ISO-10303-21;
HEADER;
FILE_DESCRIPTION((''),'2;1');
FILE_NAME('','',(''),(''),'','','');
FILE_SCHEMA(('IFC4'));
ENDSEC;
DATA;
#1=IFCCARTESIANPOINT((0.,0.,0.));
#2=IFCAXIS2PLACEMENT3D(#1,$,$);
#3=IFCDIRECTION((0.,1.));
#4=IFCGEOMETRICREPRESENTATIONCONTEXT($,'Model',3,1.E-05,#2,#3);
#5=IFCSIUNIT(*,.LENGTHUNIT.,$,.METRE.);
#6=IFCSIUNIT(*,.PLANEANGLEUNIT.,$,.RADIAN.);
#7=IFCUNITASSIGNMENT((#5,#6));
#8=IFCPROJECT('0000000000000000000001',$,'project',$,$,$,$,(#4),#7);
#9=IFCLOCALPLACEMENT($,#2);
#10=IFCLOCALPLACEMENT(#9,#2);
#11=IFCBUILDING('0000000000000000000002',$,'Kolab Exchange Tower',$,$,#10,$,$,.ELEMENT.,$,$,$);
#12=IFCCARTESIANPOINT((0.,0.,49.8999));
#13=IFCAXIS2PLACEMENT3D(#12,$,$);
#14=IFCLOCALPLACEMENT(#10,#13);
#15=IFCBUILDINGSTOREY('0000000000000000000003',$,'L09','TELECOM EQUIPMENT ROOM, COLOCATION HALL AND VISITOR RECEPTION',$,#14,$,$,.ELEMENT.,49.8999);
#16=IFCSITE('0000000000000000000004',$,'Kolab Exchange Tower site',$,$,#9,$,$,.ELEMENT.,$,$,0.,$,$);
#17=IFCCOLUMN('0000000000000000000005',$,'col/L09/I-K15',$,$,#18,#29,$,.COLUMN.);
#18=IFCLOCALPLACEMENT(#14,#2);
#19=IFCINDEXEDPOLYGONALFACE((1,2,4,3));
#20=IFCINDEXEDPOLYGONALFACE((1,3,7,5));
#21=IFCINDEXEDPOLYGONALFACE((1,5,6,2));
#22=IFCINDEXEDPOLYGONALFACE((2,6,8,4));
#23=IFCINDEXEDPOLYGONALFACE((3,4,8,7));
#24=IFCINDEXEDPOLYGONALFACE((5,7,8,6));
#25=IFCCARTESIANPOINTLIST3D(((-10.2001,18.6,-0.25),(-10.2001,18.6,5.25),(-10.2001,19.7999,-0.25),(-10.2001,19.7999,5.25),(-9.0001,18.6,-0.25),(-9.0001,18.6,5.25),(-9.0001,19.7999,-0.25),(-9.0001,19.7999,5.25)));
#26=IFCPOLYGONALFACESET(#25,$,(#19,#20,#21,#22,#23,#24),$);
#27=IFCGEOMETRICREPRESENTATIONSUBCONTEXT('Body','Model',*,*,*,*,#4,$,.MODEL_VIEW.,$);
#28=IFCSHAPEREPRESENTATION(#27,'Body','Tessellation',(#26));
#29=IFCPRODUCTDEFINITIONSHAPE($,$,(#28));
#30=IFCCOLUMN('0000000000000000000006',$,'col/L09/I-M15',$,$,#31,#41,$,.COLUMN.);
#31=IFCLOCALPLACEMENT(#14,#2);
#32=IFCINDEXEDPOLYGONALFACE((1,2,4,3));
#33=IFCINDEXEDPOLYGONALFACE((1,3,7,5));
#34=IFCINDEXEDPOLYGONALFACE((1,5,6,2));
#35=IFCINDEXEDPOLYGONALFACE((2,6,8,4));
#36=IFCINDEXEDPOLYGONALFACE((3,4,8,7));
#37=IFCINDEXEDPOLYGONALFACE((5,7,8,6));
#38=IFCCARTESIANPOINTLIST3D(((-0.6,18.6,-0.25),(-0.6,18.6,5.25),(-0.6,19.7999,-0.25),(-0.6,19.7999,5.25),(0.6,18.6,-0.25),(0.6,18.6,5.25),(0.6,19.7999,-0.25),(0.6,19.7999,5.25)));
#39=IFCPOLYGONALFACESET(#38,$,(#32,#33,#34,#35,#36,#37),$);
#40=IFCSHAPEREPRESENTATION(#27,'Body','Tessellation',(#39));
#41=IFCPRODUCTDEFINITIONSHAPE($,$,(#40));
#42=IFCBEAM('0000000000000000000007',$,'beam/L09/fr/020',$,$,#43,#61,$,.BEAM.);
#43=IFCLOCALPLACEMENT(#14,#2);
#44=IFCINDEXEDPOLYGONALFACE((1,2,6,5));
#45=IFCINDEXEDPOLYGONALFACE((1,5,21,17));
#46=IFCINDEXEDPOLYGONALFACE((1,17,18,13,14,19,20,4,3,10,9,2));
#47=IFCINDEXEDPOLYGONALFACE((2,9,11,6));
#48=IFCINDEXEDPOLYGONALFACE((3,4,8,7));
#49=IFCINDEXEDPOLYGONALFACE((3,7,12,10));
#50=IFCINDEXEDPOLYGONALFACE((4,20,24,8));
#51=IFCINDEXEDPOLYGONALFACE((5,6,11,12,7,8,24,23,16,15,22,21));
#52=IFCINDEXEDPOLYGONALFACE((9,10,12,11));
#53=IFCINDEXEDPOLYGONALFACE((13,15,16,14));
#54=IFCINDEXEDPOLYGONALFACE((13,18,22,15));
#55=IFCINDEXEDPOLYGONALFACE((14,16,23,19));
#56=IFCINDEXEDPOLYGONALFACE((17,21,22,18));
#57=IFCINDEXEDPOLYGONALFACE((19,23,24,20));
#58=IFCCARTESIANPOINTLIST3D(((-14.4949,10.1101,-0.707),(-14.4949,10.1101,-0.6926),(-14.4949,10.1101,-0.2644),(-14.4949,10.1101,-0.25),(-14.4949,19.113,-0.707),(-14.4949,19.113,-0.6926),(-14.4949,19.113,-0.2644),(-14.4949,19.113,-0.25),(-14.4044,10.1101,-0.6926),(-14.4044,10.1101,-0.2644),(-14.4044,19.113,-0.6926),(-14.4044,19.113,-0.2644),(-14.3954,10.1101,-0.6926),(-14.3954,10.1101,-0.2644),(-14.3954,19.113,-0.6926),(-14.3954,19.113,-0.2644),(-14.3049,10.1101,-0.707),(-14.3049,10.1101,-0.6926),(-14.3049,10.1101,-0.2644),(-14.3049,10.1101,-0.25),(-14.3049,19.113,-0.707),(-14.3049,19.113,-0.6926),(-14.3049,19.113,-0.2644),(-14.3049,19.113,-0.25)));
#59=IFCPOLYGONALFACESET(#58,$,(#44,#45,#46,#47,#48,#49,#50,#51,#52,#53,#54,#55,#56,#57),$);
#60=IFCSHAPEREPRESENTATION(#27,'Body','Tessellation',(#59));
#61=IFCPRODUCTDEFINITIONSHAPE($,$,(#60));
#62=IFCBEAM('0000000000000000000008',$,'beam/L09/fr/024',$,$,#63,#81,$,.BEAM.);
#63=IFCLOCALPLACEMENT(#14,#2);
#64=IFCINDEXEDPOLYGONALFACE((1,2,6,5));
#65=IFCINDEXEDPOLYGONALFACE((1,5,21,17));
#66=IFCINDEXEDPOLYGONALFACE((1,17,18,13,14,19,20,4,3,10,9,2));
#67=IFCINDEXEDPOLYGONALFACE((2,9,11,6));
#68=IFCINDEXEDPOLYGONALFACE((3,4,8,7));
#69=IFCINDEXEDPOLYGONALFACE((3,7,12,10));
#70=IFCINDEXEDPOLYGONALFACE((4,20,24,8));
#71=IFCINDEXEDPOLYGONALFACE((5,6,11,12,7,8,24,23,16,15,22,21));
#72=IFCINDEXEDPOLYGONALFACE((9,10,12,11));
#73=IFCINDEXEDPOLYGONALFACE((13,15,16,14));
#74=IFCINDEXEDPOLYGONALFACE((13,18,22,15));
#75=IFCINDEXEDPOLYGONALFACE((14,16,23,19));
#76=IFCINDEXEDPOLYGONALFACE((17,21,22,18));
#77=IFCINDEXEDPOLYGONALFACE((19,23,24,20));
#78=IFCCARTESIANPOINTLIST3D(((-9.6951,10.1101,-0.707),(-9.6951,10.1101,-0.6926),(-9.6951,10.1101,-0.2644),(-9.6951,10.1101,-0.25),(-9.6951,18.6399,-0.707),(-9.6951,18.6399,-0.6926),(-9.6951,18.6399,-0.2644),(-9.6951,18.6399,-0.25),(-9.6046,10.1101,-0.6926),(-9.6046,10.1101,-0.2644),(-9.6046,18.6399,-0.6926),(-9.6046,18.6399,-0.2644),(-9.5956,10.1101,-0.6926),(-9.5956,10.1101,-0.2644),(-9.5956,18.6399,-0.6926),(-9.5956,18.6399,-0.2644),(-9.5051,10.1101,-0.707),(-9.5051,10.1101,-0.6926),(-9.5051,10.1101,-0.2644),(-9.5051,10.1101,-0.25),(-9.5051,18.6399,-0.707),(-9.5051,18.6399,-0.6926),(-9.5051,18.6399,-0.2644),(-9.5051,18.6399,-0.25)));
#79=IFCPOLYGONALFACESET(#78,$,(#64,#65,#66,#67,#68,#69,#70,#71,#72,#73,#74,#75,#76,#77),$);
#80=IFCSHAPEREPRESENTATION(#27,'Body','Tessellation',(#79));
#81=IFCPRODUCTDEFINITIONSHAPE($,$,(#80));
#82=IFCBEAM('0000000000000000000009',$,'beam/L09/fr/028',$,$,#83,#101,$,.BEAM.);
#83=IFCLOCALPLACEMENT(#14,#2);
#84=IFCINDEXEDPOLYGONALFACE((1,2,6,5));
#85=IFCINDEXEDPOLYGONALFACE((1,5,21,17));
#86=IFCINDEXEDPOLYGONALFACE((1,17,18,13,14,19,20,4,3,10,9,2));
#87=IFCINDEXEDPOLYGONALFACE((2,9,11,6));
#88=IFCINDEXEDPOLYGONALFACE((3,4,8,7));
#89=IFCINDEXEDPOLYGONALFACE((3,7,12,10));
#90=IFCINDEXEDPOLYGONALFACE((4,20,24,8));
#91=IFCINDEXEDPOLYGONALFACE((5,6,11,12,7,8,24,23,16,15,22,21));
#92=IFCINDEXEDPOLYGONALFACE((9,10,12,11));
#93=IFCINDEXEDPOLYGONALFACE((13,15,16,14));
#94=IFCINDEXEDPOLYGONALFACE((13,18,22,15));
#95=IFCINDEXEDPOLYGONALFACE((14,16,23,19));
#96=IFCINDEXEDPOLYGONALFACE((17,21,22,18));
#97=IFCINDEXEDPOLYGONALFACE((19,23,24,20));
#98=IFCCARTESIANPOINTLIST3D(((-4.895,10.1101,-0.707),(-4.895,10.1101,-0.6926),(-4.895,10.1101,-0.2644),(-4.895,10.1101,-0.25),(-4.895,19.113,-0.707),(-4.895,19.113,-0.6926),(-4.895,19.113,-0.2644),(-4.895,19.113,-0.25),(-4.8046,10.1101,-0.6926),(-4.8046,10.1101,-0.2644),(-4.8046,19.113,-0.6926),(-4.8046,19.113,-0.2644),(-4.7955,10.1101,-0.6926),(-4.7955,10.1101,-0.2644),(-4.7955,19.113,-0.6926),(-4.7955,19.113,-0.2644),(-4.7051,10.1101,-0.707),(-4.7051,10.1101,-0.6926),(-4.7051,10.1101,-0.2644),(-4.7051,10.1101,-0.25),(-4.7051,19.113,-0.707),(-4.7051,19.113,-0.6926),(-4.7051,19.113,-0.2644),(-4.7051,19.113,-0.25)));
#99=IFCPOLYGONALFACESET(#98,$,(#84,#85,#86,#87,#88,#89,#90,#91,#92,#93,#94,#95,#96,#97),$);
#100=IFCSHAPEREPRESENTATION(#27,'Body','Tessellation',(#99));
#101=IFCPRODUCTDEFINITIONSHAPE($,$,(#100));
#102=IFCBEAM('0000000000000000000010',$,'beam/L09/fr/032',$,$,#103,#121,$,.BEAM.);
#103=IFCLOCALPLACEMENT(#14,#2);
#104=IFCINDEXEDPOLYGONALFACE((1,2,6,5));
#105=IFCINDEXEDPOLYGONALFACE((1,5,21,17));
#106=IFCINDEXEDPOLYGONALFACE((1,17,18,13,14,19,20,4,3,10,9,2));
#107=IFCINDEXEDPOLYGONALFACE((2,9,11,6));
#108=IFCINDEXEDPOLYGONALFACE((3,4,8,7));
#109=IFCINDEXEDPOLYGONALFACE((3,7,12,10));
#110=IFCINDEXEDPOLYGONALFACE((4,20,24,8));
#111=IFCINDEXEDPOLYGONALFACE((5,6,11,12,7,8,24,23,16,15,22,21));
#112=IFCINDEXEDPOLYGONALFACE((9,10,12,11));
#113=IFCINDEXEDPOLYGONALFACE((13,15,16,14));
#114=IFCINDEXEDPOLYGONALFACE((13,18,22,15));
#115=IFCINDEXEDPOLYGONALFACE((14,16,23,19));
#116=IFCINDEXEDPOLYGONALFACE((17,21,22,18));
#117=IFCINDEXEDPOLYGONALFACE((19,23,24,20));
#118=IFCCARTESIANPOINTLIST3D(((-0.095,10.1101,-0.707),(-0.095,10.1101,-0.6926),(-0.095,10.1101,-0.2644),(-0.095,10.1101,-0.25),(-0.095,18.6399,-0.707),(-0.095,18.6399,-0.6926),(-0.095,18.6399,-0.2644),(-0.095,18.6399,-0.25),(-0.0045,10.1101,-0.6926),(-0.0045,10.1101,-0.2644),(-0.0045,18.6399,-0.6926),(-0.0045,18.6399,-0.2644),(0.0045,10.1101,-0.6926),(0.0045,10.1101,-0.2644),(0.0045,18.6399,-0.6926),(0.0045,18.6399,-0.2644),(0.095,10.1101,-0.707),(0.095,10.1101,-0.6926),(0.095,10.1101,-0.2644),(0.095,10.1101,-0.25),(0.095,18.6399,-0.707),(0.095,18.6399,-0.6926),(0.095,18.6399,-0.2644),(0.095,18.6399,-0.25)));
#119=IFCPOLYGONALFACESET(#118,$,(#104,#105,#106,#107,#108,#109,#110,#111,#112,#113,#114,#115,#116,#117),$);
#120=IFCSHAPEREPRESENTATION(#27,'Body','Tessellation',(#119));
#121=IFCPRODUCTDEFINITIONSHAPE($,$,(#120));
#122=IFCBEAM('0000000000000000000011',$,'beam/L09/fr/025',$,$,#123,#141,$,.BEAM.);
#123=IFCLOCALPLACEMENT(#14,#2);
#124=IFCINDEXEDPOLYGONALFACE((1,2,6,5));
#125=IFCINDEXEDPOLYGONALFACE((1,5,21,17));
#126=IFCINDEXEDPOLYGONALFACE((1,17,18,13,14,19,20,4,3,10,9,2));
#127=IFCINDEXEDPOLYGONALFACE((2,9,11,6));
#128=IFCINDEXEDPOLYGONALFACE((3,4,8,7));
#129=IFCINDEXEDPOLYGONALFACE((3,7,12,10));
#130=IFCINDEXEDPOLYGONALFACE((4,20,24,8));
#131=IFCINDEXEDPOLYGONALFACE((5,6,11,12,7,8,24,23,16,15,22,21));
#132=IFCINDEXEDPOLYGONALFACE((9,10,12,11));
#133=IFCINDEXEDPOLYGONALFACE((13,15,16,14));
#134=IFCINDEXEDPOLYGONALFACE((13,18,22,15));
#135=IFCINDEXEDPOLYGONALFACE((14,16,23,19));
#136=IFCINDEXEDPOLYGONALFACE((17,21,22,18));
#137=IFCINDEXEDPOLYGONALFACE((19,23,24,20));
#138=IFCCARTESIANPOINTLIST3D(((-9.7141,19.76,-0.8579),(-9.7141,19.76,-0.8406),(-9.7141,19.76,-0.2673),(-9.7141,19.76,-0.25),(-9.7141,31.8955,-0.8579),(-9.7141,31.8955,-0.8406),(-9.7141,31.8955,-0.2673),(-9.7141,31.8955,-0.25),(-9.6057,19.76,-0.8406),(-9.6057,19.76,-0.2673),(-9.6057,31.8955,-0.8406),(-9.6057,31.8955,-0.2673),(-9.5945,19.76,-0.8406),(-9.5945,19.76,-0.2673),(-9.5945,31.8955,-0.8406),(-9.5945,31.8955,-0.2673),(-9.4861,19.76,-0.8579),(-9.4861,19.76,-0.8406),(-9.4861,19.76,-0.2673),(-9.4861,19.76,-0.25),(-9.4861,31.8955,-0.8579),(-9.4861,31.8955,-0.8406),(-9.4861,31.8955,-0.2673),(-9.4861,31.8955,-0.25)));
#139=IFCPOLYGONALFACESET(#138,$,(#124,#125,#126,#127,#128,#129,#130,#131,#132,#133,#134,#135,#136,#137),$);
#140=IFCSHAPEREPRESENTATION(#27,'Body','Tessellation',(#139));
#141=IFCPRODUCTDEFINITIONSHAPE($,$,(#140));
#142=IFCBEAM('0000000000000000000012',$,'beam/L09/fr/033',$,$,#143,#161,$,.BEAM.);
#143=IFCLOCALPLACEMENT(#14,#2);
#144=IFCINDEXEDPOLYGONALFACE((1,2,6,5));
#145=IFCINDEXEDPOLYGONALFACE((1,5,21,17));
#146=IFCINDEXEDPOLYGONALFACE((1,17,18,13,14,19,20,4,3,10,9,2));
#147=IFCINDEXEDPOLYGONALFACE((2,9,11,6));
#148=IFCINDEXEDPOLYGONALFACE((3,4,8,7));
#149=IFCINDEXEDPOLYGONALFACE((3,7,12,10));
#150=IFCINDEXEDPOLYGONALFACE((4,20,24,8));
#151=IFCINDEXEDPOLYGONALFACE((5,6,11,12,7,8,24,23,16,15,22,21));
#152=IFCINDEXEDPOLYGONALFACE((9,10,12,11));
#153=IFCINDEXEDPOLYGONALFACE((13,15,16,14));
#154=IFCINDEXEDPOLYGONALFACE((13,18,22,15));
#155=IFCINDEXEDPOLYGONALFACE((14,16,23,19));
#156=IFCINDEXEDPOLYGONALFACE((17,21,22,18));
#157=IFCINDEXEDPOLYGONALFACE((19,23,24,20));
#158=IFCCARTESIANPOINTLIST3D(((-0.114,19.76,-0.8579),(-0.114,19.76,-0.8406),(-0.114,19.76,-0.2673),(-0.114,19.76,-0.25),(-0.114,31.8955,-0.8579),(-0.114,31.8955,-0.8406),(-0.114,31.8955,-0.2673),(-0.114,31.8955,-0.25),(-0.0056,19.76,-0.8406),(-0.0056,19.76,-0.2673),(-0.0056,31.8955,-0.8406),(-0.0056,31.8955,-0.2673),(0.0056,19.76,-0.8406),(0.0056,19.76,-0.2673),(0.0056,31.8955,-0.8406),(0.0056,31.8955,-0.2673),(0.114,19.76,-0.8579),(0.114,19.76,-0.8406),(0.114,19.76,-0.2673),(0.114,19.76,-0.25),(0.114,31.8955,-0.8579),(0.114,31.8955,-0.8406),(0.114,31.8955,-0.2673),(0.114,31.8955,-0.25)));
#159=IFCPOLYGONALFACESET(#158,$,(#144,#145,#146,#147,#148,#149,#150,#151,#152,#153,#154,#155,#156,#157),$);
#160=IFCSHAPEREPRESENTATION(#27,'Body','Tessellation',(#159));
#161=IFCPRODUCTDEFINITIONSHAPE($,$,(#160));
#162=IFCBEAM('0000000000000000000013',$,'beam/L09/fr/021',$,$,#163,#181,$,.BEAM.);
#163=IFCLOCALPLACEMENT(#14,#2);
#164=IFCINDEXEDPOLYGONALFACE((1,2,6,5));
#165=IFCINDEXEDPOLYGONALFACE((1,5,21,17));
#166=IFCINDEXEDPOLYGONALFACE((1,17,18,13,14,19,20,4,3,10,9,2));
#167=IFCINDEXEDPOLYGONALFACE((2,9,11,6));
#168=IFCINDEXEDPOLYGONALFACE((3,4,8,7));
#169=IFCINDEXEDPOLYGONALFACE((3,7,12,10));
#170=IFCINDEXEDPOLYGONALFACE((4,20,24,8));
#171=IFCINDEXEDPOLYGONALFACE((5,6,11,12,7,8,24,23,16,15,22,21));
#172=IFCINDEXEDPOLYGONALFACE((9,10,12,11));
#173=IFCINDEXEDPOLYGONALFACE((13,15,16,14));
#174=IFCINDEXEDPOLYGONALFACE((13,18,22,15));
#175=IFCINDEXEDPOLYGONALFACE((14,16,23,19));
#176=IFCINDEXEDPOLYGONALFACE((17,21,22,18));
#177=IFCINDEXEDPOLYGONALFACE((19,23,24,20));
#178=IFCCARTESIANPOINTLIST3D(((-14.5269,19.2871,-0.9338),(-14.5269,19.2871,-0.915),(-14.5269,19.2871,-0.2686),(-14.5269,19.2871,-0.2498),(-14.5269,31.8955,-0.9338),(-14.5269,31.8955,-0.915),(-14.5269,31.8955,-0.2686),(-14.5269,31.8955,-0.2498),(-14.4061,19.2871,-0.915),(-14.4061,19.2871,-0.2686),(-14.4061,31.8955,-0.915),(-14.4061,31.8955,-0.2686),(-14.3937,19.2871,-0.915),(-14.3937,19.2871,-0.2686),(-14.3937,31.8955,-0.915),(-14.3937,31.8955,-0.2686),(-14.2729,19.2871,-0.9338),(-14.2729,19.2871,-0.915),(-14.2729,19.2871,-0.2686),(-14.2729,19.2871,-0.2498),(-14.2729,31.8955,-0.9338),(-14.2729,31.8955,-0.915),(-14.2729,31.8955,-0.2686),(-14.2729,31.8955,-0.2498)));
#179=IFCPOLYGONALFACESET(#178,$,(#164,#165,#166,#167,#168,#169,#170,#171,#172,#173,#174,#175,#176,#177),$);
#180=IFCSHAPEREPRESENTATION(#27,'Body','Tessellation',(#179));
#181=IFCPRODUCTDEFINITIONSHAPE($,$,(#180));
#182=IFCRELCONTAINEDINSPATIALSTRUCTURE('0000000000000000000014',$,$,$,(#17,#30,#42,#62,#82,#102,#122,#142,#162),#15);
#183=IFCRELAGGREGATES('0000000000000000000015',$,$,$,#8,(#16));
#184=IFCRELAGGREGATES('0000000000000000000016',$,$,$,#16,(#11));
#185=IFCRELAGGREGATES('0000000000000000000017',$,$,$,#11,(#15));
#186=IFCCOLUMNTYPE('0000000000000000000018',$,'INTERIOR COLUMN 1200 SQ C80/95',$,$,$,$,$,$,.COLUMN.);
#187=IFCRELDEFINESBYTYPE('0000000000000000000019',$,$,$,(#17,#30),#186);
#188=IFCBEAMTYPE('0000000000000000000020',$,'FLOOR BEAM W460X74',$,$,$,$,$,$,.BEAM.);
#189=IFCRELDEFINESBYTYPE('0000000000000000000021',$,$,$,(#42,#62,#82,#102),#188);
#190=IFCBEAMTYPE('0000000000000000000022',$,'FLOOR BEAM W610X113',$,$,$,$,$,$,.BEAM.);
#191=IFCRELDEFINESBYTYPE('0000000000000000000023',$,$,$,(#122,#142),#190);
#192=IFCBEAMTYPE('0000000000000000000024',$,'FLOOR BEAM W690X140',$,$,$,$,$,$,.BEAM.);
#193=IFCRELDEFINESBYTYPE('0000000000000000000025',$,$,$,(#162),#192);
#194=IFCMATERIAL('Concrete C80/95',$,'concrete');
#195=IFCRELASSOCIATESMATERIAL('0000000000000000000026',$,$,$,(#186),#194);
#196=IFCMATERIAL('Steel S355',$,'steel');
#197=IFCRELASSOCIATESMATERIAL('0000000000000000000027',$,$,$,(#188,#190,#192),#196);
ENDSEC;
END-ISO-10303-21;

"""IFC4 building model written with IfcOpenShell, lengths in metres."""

from ifc_helpers import new_model, si_unit, direction, frame, origin, origin_2d, place, context, subcontext, project, spatial, rectangle, i_section, extrude, material, material_profile, profile_set, type_object, element, save


model = new_model("IFC4")

# Units and contexts
model_context = context("Model", 3, precision=1e-05, world=origin(), true_north=direction((0.0, 1.0)))
body_context = subcontext(model_context, "Body", "Model", "MODEL_VIEW")
ifc_project = project(units=[si_unit("LENGTHUNIT", "METRE"), si_unit("PLANEANGLEUNIT", "RADIAN")], contexts=[model_context])

# Site, building, storey
site_placement = place(None, origin())
site = spatial("IfcSite", under=ifc_project, at=site_placement, Name="Kolab Exchange Tower site", CompositionType="ELEMENT", RefElevation=0.0)
building_placement = place(site_placement, origin())
building = spatial("IfcBuilding", under=site, at=building_placement, Name="Kolab Exchange Tower", CompositionType="ELEMENT")
storey_placement = place(building_placement, frame((0.0, 0.0, 49.8999)))
storey = spatial("IfcBuildingStorey", under=building, at=storey_placement, Name="L09", Description="TELECOM EQUIPMENT ROOM, COLOCATION HALL AND VISITOR RECEPTION", CompositionType="ELEMENT", Elevation=49.8999)

# Columns
ifc_material_1 = material(Name="Concrete C80/95", Category="concrete")
ifc_material_profile_1 = material_profile(ifc_material_1, rectangle(XDim=1.2, YDim=1.2, at=origin_2d()), Name="RC1200")
ifc_profile_set_1 = profile_set([ifc_material_profile_1], Name="Concrete C80/95")
column_type = type_object("IfcColumnType", Name="INTERIOR COLUMN 1200 SQ C80/95", PredefinedType="COLUMN", material=ifc_profile_set_1)
for number, where, z_axis, x_axis, name in (
    (1, (-9.6001, 19.2, -0.25), (0.0, 0.0, 1.0), (1.0, 0.0, 0.0), "col/L09/I-K15"),
    (2, (0.0, 19.2, -0.25), (0.0, 0.0, 1.0), (1.0, 0.0, 0.0), "col/L09/I-M15"),
):
    element("IfcColumn", number, at=place(storey_placement, frame(where, z_axis=z_axis, x_axis=x_axis)), inside=storey, type_object=column_type, Name=name, PredefinedType="COLUMN", context=body_context, shape_type="SweptSolid", body=[
        extrude(rectangle(XDim=1.2, YDim=1.2, at=origin_2d()), origin(), (0.0, 0.0, 1.0), 5.5),
    ])

# Beams
ifc_material_2 = material(Name="Steel S355", Category="steel")
ifc_material_profile_2 = material_profile(ifc_material_2, i_section(OverallWidth=0.1899, OverallDepth=0.457, WebThickness=0.009, FlangeThickness=0.0144, at=origin_2d()), Name="W460X74")
ifc_profile_set_2 = profile_set([ifc_material_profile_2], Name="Steel S355")
beam_type_1 = type_object("IfcBeamType", Name="FLOOR BEAM W460X74", PredefinedType="BEAM", material=ifc_profile_set_2)
beam_1_placement = place(storey_placement, frame((-14.3999, 10.1101, -0.4785), z_axis=(0.0, 1.0, 0.0), x_axis=(-1.0, 0.0, 0.0)))
element("IfcBeam", 3, at=beam_1_placement, inside=storey, type_object=beam_type_1, Name="beam/L09/fr/020", PredefinedType="BEAM", context=body_context, shape_type="SweptSolid", body=[
    extrude(i_section(OverallWidth=0.1899, OverallDepth=0.457, WebThickness=0.009, FlangeThickness=0.0144, at=origin_2d()), origin(), (0.0, 0.0, 1.0), 9.0029),
])
beam_2_placement = place(storey_placement, frame((-9.6001, 10.1101, -0.4785), z_axis=(0.0, 1.0, 0.0), x_axis=(-1.0, 0.0, 0.0)))
element("IfcBeam", 4, at=beam_2_placement, inside=storey, type_object=beam_type_1, Name="beam/L09/fr/024", PredefinedType="BEAM", context=body_context, shape_type="SweptSolid", body=[
    extrude(i_section(OverallWidth=0.1899, OverallDepth=0.457, WebThickness=0.009, FlangeThickness=0.0144, at=origin_2d()), origin(), (0.0, 0.0, 1.0), 8.5298),
])
beam_3_placement = place(storey_placement, frame((-4.8, 10.1101, -0.4785), z_axis=(0.0, 1.0, 0.0), x_axis=(-1.0, 0.0, 0.0)))
element("IfcBeam", 5, at=beam_3_placement, inside=storey, type_object=beam_type_1, Name="beam/L09/fr/028", PredefinedType="BEAM", context=body_context, shape_type="SweptSolid", body=[
    extrude(i_section(OverallWidth=0.1899, OverallDepth=0.457, WebThickness=0.009, FlangeThickness=0.0144, at=origin_2d()), origin(), (0.0, 0.0, 1.0), 9.0029),
])
beam_4_placement = place(storey_placement, frame((0.0, 10.1101, -0.4785), z_axis=(0.0, 1.0, 0.0), x_axis=(-1.0, 0.0, 0.0)))
element("IfcBeam", 6, at=beam_4_placement, inside=storey, type_object=beam_type_1, Name="beam/L09/fr/032", PredefinedType="BEAM", context=body_context, shape_type="SweptSolid", body=[
    extrude(i_section(OverallWidth=0.1899, OverallDepth=0.457, WebThickness=0.009, FlangeThickness=0.0144, at=origin_2d()), origin(), (0.0, 0.0, 1.0), 8.5298),
])
ifc_material_profile_3 = material_profile(ifc_material_2, i_section(OverallWidth=0.228, OverallDepth=0.6079, WebThickness=0.0112, FlangeThickness=0.0173, at=origin_2d()), Name="W610X113")
ifc_profile_set_3 = profile_set([ifc_material_profile_3], Name="Steel S355")
beam_type_2 = type_object("IfcBeamType", Name="FLOOR BEAM W610X113", PredefinedType="BEAM", material=ifc_profile_set_3)
for number, where, z_axis, x_axis, name in (
    (7, (-9.6001, 19.76, -0.554), (0.0, 1.0, 0.0), (-1.0, 0.0, 0.0), "beam/L09/fr/025"),
    (8, (0.0, 19.76, -0.554), (0.0, 1.0, 0.0), (-1.0, 0.0, 0.0), "beam/L09/fr/033"),
):
    element("IfcBeam", number, at=place(storey_placement, frame(where, z_axis=z_axis, x_axis=x_axis)), inside=storey, type_object=beam_type_2, Name=name, PredefinedType="BEAM", context=body_context, shape_type="SweptSolid", body=[
        extrude(i_section(OverallWidth=0.228, OverallDepth=0.6079, WebThickness=0.0112, FlangeThickness=0.0173, at=origin_2d()), origin(), (0.0, 0.0, 1.0), 12.1355),
    ])
ifc_material_profile_4 = material_profile(ifc_material_2, i_section(OverallWidth=0.2539, OverallDepth=0.6841, WebThickness=0.0125, FlangeThickness=0.0188, at=origin_2d()), Name="W690X140")
ifc_profile_set_4 = profile_set([ifc_material_profile_4], Name="Steel S355")
beam_type_3 = type_object("IfcBeamType", Name="FLOOR BEAM W690X140", PredefinedType="BEAM", material=ifc_profile_set_4)
for number, where, z_axis, x_axis, name in (
    (9, (-14.3999, 19.2871, -0.5918), (0.0, 1.0, 0.0), (-1.0, 0.0, 0.0), "beam/L09/fr/021"),
):
    element("IfcBeam", number, at=place(storey_placement, frame(where, z_axis=z_axis, x_axis=x_axis)), inside=storey, type_object=beam_type_3, Name=name, PredefinedType="BEAM", context=body_context, shape_type="SweptSolid", body=[
        extrude(i_section(OverallWidth=0.2539, OverallDepth=0.6841, WebThickness=0.0125, FlangeThickness=0.0188, at=origin_2d()), origin(), (0.0, 0.0, 1.0), 12.6084),
    ])

save(model, "model.ifc")
